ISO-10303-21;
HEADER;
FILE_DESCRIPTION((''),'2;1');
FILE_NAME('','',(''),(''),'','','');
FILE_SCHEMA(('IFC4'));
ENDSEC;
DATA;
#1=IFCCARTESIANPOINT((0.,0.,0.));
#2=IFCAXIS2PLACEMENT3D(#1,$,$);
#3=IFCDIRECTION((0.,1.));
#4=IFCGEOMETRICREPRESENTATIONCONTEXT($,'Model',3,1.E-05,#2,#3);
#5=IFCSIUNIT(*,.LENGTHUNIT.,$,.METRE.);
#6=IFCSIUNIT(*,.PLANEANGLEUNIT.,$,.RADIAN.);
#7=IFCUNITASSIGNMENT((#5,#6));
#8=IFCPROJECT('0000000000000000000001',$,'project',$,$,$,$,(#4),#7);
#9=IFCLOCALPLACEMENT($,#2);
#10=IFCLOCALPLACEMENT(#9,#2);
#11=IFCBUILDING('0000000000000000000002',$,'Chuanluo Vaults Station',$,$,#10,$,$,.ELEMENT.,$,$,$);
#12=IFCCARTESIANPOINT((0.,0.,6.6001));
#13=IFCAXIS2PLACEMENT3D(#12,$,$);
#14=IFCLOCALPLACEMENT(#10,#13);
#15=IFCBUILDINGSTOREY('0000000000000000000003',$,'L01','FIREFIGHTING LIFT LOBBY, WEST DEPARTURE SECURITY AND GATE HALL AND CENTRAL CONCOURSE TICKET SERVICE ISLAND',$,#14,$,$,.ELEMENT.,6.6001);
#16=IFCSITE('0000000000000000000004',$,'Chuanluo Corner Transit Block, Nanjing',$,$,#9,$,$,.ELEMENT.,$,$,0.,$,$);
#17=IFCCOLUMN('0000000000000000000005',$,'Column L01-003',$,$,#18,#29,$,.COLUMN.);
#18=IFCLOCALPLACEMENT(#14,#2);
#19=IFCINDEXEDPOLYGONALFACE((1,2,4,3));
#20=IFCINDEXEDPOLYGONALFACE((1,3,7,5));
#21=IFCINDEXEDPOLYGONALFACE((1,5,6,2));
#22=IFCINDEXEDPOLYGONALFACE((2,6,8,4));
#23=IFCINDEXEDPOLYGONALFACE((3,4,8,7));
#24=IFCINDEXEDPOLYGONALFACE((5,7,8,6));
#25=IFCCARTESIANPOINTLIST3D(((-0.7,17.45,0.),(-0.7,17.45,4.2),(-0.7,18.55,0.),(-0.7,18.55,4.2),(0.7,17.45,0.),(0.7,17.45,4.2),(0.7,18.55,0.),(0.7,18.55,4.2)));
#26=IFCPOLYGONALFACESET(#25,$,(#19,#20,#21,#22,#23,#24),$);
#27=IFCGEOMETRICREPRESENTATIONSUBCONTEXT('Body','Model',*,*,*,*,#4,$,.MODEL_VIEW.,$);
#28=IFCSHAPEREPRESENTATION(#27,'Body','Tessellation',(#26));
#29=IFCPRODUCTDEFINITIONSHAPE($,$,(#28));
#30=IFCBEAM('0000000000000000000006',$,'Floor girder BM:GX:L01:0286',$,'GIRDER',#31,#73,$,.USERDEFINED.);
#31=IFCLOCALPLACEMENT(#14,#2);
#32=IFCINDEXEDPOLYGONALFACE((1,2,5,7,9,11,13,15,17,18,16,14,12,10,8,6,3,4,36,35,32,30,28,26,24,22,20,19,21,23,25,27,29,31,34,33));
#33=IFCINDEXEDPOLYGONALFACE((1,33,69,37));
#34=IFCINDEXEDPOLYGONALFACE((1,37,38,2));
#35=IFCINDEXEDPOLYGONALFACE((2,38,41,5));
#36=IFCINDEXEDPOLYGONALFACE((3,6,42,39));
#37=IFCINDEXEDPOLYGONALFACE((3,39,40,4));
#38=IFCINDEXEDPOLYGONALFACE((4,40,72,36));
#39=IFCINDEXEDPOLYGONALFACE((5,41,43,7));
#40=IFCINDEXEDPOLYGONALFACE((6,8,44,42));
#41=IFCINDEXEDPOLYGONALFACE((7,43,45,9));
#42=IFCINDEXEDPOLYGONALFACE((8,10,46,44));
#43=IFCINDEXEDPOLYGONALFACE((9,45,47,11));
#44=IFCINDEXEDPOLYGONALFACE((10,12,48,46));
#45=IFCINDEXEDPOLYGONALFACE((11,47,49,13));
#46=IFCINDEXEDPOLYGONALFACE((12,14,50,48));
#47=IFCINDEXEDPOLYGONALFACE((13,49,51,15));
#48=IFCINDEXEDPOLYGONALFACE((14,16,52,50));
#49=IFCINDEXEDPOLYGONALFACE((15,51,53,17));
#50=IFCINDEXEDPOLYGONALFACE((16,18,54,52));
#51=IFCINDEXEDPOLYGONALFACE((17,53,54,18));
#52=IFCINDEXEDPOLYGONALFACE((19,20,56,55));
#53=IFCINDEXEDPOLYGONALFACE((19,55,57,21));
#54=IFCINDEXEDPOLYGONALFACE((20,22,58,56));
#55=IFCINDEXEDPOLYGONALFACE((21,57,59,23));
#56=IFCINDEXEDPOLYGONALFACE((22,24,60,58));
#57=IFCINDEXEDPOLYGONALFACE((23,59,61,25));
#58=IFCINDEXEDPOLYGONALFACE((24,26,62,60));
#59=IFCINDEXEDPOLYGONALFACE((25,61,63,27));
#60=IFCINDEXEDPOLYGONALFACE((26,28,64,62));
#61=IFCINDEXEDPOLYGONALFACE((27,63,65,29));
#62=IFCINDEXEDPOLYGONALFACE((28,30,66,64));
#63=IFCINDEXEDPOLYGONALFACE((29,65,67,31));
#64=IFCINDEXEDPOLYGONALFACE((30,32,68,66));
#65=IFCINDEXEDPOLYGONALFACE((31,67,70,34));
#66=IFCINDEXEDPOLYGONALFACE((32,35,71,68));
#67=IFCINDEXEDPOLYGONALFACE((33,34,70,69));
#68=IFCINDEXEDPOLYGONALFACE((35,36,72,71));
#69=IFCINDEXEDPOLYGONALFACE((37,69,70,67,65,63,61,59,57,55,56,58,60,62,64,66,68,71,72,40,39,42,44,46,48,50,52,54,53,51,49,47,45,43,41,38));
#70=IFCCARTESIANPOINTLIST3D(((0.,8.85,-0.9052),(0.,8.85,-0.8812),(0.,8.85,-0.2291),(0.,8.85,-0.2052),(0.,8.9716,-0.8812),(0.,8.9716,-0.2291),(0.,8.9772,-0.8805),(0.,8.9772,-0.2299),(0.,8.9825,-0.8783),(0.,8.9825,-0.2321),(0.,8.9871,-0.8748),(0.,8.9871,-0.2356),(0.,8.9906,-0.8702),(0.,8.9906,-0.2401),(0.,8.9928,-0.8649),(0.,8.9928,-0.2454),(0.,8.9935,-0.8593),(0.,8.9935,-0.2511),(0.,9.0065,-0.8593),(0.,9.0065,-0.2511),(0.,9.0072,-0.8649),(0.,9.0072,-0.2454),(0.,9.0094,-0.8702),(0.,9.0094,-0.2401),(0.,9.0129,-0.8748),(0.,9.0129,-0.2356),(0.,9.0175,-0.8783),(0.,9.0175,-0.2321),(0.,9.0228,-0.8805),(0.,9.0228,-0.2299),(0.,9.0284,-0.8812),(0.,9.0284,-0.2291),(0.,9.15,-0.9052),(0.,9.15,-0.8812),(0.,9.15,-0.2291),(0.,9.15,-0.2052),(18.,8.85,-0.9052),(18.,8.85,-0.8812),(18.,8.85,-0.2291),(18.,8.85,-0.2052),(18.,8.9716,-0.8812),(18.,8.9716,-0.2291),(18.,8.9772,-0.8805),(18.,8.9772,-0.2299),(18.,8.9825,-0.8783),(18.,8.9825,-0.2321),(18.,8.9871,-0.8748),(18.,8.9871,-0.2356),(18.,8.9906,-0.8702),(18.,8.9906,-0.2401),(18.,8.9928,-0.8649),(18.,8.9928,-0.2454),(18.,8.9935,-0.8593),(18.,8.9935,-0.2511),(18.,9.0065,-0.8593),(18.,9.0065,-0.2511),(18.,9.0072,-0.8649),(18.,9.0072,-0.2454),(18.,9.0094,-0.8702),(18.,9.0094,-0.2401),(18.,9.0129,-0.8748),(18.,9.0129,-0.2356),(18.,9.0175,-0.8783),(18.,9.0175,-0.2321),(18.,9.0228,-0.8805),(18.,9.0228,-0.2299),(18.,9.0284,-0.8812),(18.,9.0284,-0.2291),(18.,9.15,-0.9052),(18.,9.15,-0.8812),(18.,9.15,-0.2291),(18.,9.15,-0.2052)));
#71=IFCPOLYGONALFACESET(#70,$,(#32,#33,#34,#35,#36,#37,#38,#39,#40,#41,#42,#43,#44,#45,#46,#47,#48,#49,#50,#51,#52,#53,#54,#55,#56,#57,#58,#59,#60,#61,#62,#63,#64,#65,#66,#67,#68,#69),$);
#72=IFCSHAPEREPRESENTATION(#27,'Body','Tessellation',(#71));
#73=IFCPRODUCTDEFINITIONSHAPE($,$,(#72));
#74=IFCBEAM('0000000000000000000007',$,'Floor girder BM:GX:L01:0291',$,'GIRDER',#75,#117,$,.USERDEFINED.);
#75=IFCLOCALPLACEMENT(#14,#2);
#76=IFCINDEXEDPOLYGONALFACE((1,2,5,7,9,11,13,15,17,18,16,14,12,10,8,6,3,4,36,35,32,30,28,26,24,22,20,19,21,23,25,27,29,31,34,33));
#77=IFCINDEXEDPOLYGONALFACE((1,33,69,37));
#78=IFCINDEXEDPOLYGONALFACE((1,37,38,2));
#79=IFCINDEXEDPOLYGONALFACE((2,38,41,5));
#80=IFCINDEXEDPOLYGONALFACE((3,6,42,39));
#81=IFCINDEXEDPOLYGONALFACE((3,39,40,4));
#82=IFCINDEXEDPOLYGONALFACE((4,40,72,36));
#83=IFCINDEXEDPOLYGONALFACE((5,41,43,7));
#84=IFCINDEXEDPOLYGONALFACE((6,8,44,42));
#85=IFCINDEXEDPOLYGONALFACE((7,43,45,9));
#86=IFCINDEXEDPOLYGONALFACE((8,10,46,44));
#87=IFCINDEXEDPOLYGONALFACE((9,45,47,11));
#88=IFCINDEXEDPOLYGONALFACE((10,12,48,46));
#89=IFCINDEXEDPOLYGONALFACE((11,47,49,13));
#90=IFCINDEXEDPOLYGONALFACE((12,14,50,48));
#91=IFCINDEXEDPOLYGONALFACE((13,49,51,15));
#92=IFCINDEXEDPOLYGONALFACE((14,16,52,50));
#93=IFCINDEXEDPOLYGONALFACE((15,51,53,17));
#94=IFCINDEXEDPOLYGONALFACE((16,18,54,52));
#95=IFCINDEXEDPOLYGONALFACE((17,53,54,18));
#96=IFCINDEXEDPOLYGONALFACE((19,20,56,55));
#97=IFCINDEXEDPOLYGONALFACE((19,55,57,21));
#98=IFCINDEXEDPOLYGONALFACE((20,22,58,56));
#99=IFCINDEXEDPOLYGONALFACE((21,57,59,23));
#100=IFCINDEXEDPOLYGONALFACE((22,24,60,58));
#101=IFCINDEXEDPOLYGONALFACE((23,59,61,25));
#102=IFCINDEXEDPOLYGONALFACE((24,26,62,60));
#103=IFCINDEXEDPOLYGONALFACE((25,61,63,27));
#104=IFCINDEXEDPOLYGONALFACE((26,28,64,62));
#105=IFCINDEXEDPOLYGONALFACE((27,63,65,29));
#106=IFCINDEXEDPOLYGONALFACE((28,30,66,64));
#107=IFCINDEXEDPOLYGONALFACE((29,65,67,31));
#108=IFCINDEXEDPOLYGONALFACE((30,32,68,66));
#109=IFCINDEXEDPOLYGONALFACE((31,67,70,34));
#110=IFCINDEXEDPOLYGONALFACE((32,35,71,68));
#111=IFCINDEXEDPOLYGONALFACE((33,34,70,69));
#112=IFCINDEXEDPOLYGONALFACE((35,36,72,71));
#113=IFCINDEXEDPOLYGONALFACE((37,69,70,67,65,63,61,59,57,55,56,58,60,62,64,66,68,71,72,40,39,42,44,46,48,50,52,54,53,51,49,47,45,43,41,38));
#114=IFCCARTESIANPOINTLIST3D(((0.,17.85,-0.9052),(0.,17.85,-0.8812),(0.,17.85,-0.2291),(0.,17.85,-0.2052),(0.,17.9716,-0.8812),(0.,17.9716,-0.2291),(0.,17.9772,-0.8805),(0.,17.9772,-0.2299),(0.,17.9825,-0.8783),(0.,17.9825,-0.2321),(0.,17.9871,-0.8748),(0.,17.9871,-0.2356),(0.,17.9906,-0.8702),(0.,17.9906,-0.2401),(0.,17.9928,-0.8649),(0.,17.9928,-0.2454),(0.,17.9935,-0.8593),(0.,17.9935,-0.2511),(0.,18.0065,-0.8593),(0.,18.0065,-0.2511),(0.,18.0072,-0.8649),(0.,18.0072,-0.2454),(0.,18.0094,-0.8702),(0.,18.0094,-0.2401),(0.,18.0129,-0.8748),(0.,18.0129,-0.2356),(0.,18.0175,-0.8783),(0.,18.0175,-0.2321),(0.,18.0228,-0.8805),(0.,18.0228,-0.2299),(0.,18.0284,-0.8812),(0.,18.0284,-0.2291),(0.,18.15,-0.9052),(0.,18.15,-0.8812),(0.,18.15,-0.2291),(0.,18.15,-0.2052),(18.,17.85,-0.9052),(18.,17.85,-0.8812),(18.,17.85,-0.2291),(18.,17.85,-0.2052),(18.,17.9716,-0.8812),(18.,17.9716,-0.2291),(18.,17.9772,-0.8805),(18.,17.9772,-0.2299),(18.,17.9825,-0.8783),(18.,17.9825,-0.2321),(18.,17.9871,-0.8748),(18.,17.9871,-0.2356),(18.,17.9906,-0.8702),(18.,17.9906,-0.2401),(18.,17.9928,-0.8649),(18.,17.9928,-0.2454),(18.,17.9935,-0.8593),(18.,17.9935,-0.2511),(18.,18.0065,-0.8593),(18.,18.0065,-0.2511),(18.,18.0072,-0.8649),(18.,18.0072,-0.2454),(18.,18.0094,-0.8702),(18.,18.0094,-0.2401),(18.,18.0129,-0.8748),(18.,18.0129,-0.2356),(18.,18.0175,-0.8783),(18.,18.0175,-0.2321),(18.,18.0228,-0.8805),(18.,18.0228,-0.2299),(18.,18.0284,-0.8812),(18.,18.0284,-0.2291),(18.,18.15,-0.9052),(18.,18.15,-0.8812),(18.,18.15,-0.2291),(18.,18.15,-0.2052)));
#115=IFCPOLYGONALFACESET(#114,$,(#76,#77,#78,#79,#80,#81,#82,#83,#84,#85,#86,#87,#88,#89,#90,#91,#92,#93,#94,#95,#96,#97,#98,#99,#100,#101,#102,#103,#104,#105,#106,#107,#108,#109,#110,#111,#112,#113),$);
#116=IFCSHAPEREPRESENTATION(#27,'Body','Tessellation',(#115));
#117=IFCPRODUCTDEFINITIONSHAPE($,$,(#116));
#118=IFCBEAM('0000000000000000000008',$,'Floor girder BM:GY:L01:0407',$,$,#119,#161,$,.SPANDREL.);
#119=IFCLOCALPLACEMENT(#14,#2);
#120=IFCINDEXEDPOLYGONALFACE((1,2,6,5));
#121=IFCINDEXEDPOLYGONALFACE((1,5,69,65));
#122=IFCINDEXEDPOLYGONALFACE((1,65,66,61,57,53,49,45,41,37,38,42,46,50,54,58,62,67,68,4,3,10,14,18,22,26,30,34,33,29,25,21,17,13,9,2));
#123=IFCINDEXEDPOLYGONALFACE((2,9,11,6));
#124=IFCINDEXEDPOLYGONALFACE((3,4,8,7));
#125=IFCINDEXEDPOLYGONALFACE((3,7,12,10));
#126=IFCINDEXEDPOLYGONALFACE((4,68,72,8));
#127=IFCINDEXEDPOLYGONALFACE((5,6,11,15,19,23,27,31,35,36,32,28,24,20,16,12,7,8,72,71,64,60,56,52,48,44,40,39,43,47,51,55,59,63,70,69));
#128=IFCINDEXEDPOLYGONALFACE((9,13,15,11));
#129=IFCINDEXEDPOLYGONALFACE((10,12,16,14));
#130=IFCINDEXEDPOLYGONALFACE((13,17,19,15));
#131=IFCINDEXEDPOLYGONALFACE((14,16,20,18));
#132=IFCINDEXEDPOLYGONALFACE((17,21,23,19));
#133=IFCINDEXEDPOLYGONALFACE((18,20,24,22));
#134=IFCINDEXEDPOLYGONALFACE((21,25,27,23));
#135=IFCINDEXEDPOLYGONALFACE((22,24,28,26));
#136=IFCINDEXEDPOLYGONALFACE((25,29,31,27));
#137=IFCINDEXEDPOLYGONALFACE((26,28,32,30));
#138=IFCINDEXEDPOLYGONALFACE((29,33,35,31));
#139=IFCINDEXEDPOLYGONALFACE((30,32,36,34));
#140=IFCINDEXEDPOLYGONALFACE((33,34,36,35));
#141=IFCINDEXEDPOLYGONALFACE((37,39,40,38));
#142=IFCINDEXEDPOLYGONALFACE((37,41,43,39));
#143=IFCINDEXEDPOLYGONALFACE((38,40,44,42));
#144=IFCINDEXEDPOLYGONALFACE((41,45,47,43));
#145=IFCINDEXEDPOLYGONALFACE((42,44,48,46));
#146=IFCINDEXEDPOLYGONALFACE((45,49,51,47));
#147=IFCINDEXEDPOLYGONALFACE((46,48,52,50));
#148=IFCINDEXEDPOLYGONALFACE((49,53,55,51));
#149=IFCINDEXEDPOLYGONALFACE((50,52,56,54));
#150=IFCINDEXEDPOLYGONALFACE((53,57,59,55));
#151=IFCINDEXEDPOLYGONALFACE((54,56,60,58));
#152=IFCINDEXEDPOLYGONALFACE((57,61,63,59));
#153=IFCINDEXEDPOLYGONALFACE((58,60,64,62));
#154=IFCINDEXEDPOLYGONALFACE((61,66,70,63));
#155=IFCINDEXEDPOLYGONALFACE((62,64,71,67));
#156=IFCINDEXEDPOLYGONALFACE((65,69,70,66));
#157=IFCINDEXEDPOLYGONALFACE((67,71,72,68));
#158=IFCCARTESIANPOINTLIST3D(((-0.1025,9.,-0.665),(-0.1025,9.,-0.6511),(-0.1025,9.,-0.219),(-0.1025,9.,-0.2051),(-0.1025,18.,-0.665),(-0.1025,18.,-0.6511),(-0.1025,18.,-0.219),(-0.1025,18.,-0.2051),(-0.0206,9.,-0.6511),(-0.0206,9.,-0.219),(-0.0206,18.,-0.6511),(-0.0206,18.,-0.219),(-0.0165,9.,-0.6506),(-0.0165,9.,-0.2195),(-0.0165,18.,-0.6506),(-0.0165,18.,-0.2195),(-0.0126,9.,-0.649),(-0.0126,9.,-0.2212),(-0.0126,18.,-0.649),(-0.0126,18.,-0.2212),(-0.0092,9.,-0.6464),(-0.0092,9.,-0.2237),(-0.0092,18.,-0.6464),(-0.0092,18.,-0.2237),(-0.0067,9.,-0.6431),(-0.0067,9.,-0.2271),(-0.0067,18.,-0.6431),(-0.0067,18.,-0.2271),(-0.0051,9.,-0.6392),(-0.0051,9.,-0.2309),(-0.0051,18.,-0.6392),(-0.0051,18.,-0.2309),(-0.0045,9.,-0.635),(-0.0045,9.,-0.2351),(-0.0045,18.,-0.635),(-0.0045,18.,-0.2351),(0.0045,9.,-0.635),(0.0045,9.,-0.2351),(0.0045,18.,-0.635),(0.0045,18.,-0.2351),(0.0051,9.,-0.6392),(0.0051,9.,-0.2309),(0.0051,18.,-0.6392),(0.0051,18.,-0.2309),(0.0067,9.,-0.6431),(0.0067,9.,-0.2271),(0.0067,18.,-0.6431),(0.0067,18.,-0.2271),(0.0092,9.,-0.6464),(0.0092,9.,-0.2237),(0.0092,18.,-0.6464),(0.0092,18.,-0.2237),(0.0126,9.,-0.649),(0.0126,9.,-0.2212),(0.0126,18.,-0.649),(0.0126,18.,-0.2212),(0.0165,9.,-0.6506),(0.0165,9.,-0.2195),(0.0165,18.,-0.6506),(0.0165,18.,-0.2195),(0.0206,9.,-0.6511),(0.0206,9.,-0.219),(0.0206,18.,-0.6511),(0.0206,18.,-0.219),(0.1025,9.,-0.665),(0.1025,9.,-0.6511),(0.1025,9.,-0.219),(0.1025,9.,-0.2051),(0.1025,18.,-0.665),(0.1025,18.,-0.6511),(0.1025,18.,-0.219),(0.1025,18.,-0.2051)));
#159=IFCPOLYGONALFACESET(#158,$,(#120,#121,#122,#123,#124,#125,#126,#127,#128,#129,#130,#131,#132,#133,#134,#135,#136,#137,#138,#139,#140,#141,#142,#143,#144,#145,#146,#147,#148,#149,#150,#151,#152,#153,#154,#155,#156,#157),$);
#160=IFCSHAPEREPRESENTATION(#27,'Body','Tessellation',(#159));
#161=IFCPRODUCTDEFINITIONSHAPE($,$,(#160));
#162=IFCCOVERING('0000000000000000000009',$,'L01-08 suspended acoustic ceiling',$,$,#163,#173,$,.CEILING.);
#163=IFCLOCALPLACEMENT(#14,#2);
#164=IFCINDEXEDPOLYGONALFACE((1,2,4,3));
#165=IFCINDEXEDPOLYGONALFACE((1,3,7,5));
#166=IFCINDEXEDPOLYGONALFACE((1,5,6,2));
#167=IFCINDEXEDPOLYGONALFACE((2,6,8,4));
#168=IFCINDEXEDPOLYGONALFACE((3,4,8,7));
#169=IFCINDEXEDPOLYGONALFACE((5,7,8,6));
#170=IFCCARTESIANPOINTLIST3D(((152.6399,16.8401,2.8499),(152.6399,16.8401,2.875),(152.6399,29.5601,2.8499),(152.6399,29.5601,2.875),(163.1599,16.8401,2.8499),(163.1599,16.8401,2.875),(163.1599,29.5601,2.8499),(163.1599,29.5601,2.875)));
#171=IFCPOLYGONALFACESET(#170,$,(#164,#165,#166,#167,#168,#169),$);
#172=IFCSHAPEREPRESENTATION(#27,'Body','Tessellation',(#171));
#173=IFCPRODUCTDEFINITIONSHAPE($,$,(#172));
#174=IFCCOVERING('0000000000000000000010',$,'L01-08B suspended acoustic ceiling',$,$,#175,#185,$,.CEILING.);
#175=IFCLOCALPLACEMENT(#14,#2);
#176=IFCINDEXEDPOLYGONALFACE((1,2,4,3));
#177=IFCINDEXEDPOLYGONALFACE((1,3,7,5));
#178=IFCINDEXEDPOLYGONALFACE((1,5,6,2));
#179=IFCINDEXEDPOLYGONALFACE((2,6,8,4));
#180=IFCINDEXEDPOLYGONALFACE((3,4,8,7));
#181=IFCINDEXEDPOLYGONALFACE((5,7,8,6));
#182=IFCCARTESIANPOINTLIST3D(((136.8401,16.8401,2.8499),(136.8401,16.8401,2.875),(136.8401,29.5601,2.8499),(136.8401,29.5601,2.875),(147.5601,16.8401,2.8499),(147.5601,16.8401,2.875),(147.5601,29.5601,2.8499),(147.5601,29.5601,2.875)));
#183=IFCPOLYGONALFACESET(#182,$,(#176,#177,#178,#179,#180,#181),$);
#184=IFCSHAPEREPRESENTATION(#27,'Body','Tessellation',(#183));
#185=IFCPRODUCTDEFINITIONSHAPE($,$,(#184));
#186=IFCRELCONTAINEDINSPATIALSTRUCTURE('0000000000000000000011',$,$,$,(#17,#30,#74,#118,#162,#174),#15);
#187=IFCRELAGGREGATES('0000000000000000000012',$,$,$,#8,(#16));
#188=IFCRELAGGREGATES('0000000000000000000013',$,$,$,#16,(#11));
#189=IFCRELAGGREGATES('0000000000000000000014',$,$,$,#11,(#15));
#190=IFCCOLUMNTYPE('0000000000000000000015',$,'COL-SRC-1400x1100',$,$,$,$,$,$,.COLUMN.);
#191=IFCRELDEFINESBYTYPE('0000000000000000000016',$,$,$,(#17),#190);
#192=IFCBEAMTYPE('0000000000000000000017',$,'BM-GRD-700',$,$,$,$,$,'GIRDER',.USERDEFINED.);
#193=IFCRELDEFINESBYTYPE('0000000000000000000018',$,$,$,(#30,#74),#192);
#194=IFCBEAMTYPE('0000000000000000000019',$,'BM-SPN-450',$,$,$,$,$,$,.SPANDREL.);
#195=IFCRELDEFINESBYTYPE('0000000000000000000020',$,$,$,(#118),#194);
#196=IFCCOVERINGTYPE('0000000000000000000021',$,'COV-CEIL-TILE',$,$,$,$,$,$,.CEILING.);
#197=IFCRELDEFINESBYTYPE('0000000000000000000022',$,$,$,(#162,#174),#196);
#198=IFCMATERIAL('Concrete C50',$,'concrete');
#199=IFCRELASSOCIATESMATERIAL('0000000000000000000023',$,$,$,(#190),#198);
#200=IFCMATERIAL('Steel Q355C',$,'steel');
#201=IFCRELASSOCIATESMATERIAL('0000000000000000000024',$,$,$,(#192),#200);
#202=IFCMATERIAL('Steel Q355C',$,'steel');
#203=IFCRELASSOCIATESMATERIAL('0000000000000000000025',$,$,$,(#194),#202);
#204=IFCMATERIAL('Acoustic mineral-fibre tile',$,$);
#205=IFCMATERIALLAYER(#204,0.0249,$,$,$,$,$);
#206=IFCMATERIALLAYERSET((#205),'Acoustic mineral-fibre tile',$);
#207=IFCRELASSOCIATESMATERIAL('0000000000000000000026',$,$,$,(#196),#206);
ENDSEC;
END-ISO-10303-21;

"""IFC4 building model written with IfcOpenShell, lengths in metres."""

from ifc_helpers import new_model, si_unit, direction, frame, origin, origin_2d, place, context, subcontext, project, spatial, polyline, rectangle, i_section, outline, extrude, material, layer, layer_set, material_profile, profile_set, type_object, element, save


model = new_model("IFC4")

# Units and contexts
model_context = context("Model", 3, precision=1e-05, world=origin(), true_north=direction((0.0, 1.0)))
body_context = subcontext(model_context, "Body", "Model", "MODEL_VIEW")
ifc_project = project(units=[si_unit("LENGTHUNIT", "METRE"), si_unit("PLANEANGLEUNIT", "RADIAN")], contexts=[model_context])

# Site, building, storey
site_placement = place(None, origin())
site = spatial("IfcSite", under=ifc_project, at=site_placement, Name="Chuanluo Corner Transit Block, Nanjing", CompositionType="ELEMENT", RefElevation=0.0)
building_placement = place(site_placement, origin())
building = spatial("IfcBuilding", under=site, at=building_placement, Name="Chuanluo Vaults Station", CompositionType="ELEMENT")
storey_placement = place(building_placement, frame((0.0, 0.0, 6.6001)))
storey = spatial("IfcBuildingStorey", under=building, at=storey_placement, Name="L01", Description="FIREFIGHTING LIFT LOBBY, WEST DEPARTURE SECURITY AND GATE HALL AND CENTRAL CONCOURSE TICKET SERVICE ISLAND", CompositionType="ELEMENT", Elevation=6.6001)

# Column
ifc_material_1 = material(Name="Concrete C50", Category="concrete")
ifc_material_profile_1 = material_profile(ifc_material_1, rectangle(XDim=1.3999, YDim=1.1001, at=origin_2d()))
ifc_profile_set_1 = profile_set([ifc_material_profile_1], Name="Concrete C50")
column_type = type_object("IfcColumnType", Name="COL-SRC-1400x1100", PredefinedType="COLUMN", material=ifc_profile_set_1)
column_placement = place(storey_placement, frame((0.0, 18.0, 0.0), z_axis=(0.0, 0.0, 1.0), x_axis=(1.0, 0.0, 0.0)))
element("IfcColumn", 1, at=column_placement, inside=storey, type_object=column_type, Name="Column L01-003", PredefinedType="COLUMN", context=body_context, shape_type="SweptSolid", body=[
    extrude(rectangle(XDim=1.3999, YDim=1.1001, at=origin_2d()), origin(), (0.0, 0.0, 1.0), 4.2),
])

# Beams
ifc_material_2 = material(Name="Steel Q355C", Category="steel")
ifc_material_profile_2 = material_profile(ifc_material_2, i_section(OverallWidth=0.3, OverallDepth=0.7, WebThickness=0.0129, FlangeThickness=0.0239, FilletRadius=0.022, at=origin_2d()))
ifc_profile_set_2 = profile_set([ifc_material_profile_2], Name="Steel Q355C")
beam_type_1 = type_object("IfcBeamType", Name="BM-GRD-700", ElementType="GIRDER", PredefinedType="USERDEFINED", material=ifc_profile_set_2)
for number, where, z_axis, x_axis, name in (
    (2, (0.0, 9.0, -0.5552), (1.0, 0.0, 0.0), (0.0, 1.0, 0.0), "Floor girder BM:GX:L01:0286"),
    (3, (0.0, 18.0, -0.5552), (1.0, 0.0, 0.0), (0.0, 1.0, 0.0), "Floor girder BM:GX:L01:0291"),
):
    element("IfcBeam", number, at=place(storey_placement, frame(where, z_axis=z_axis, x_axis=x_axis)), inside=storey, type_object=beam_type_1, Name=name, ObjectType="GIRDER", PredefinedType="USERDEFINED", context=body_context, shape_type="SweptSolid", body=[
        extrude(i_section(OverallWidth=0.3, OverallDepth=0.7, WebThickness=0.0129, FlangeThickness=0.0239, FilletRadius=0.022, at=origin_2d()), origin(), (0.0, 0.0, 1.0), 18.0),
    ])
ifc_material_3 = material(Name="Steel Q355C", Category="steel")
ifc_material_profile_3 = material_profile(ifc_material_3, i_section(OverallWidth=0.2051, OverallDepth=0.46, WebThickness=0.009, FlangeThickness=0.0139, FilletRadius=0.0161, at=origin_2d()))
ifc_profile_set_3 = profile_set([ifc_material_profile_3], Name="Steel Q355C")
beam_type_2 = type_object("IfcBeamType", Name="BM-SPN-450", PredefinedType="SPANDREL", material=ifc_profile_set_3)
beam_placement = place(storey_placement, frame((0.0, 9.0, -0.4351), z_axis=(0.0, 1.0, 0.0), x_axis=(-1.0, 0.0, 0.0)))
element("IfcBeam", 4, at=beam_placement, inside=storey, type_object=beam_type_2, Name="Floor girder BM:GY:L01:0407", PredefinedType="SPANDREL", context=body_context, shape_type="SweptSolid", body=[
    extrude(i_section(OverallWidth=0.2051, OverallDepth=0.46, WebThickness=0.009, FlangeThickness=0.0139, FilletRadius=0.0161, at=origin_2d()), origin(), (0.0, 0.0, 1.0), 9.0),
])

# Coverings
ifc_material_4 = material(Name="Acoustic mineral-fibre tile")
ifc_layer_1 = layer(ifc_material_4, 0.0249)
ifc_layer_set_1 = layer_set([ifc_layer_1], Name="Acoustic mineral-fibre tile")
covering_type_1 = type_object("IfcCoveringType", Name="COV-CEIL-TILE", PredefinedType="CEILING", material=ifc_layer_set_1)
covering_1_placement = place(storey_placement, frame((0.0, 0.0, 2.8499)))
element("IfcCovering", 5, at=covering_1_placement, inside=storey, type_object=covering_type_1, Name="L01-08 suspended acoustic ceiling", PredefinedType="CEILING", context=body_context, shape_type="SweptSolid", body=[
    extrude(outline(polyline([(152.6399, 16.8401), (163.1599, 16.8401), (163.1599, 29.5601), (152.6399, 29.5601), (152.6399, 16.8401)])), origin(), (0.0, 0.0, 1.0), 0.0251),
])
covering_2_placement = place(storey_placement, frame((0.0, 0.0, 2.8499)))
element("IfcCovering", 6, at=covering_2_placement, inside=storey, type_object=covering_type_1, Name="L01-08B suspended acoustic ceiling", PredefinedType="CEILING", context=body_context, shape_type="SweptSolid", body=[
    extrude(outline(polyline([(136.8401, 16.8401), (147.5601, 16.8401), (147.5601, 29.5601), (136.8401, 29.5601), (136.8401, 16.8401)])), origin(), (0.0, 0.0, 1.0), 0.0251),
])

save(model, "model.ifc")
